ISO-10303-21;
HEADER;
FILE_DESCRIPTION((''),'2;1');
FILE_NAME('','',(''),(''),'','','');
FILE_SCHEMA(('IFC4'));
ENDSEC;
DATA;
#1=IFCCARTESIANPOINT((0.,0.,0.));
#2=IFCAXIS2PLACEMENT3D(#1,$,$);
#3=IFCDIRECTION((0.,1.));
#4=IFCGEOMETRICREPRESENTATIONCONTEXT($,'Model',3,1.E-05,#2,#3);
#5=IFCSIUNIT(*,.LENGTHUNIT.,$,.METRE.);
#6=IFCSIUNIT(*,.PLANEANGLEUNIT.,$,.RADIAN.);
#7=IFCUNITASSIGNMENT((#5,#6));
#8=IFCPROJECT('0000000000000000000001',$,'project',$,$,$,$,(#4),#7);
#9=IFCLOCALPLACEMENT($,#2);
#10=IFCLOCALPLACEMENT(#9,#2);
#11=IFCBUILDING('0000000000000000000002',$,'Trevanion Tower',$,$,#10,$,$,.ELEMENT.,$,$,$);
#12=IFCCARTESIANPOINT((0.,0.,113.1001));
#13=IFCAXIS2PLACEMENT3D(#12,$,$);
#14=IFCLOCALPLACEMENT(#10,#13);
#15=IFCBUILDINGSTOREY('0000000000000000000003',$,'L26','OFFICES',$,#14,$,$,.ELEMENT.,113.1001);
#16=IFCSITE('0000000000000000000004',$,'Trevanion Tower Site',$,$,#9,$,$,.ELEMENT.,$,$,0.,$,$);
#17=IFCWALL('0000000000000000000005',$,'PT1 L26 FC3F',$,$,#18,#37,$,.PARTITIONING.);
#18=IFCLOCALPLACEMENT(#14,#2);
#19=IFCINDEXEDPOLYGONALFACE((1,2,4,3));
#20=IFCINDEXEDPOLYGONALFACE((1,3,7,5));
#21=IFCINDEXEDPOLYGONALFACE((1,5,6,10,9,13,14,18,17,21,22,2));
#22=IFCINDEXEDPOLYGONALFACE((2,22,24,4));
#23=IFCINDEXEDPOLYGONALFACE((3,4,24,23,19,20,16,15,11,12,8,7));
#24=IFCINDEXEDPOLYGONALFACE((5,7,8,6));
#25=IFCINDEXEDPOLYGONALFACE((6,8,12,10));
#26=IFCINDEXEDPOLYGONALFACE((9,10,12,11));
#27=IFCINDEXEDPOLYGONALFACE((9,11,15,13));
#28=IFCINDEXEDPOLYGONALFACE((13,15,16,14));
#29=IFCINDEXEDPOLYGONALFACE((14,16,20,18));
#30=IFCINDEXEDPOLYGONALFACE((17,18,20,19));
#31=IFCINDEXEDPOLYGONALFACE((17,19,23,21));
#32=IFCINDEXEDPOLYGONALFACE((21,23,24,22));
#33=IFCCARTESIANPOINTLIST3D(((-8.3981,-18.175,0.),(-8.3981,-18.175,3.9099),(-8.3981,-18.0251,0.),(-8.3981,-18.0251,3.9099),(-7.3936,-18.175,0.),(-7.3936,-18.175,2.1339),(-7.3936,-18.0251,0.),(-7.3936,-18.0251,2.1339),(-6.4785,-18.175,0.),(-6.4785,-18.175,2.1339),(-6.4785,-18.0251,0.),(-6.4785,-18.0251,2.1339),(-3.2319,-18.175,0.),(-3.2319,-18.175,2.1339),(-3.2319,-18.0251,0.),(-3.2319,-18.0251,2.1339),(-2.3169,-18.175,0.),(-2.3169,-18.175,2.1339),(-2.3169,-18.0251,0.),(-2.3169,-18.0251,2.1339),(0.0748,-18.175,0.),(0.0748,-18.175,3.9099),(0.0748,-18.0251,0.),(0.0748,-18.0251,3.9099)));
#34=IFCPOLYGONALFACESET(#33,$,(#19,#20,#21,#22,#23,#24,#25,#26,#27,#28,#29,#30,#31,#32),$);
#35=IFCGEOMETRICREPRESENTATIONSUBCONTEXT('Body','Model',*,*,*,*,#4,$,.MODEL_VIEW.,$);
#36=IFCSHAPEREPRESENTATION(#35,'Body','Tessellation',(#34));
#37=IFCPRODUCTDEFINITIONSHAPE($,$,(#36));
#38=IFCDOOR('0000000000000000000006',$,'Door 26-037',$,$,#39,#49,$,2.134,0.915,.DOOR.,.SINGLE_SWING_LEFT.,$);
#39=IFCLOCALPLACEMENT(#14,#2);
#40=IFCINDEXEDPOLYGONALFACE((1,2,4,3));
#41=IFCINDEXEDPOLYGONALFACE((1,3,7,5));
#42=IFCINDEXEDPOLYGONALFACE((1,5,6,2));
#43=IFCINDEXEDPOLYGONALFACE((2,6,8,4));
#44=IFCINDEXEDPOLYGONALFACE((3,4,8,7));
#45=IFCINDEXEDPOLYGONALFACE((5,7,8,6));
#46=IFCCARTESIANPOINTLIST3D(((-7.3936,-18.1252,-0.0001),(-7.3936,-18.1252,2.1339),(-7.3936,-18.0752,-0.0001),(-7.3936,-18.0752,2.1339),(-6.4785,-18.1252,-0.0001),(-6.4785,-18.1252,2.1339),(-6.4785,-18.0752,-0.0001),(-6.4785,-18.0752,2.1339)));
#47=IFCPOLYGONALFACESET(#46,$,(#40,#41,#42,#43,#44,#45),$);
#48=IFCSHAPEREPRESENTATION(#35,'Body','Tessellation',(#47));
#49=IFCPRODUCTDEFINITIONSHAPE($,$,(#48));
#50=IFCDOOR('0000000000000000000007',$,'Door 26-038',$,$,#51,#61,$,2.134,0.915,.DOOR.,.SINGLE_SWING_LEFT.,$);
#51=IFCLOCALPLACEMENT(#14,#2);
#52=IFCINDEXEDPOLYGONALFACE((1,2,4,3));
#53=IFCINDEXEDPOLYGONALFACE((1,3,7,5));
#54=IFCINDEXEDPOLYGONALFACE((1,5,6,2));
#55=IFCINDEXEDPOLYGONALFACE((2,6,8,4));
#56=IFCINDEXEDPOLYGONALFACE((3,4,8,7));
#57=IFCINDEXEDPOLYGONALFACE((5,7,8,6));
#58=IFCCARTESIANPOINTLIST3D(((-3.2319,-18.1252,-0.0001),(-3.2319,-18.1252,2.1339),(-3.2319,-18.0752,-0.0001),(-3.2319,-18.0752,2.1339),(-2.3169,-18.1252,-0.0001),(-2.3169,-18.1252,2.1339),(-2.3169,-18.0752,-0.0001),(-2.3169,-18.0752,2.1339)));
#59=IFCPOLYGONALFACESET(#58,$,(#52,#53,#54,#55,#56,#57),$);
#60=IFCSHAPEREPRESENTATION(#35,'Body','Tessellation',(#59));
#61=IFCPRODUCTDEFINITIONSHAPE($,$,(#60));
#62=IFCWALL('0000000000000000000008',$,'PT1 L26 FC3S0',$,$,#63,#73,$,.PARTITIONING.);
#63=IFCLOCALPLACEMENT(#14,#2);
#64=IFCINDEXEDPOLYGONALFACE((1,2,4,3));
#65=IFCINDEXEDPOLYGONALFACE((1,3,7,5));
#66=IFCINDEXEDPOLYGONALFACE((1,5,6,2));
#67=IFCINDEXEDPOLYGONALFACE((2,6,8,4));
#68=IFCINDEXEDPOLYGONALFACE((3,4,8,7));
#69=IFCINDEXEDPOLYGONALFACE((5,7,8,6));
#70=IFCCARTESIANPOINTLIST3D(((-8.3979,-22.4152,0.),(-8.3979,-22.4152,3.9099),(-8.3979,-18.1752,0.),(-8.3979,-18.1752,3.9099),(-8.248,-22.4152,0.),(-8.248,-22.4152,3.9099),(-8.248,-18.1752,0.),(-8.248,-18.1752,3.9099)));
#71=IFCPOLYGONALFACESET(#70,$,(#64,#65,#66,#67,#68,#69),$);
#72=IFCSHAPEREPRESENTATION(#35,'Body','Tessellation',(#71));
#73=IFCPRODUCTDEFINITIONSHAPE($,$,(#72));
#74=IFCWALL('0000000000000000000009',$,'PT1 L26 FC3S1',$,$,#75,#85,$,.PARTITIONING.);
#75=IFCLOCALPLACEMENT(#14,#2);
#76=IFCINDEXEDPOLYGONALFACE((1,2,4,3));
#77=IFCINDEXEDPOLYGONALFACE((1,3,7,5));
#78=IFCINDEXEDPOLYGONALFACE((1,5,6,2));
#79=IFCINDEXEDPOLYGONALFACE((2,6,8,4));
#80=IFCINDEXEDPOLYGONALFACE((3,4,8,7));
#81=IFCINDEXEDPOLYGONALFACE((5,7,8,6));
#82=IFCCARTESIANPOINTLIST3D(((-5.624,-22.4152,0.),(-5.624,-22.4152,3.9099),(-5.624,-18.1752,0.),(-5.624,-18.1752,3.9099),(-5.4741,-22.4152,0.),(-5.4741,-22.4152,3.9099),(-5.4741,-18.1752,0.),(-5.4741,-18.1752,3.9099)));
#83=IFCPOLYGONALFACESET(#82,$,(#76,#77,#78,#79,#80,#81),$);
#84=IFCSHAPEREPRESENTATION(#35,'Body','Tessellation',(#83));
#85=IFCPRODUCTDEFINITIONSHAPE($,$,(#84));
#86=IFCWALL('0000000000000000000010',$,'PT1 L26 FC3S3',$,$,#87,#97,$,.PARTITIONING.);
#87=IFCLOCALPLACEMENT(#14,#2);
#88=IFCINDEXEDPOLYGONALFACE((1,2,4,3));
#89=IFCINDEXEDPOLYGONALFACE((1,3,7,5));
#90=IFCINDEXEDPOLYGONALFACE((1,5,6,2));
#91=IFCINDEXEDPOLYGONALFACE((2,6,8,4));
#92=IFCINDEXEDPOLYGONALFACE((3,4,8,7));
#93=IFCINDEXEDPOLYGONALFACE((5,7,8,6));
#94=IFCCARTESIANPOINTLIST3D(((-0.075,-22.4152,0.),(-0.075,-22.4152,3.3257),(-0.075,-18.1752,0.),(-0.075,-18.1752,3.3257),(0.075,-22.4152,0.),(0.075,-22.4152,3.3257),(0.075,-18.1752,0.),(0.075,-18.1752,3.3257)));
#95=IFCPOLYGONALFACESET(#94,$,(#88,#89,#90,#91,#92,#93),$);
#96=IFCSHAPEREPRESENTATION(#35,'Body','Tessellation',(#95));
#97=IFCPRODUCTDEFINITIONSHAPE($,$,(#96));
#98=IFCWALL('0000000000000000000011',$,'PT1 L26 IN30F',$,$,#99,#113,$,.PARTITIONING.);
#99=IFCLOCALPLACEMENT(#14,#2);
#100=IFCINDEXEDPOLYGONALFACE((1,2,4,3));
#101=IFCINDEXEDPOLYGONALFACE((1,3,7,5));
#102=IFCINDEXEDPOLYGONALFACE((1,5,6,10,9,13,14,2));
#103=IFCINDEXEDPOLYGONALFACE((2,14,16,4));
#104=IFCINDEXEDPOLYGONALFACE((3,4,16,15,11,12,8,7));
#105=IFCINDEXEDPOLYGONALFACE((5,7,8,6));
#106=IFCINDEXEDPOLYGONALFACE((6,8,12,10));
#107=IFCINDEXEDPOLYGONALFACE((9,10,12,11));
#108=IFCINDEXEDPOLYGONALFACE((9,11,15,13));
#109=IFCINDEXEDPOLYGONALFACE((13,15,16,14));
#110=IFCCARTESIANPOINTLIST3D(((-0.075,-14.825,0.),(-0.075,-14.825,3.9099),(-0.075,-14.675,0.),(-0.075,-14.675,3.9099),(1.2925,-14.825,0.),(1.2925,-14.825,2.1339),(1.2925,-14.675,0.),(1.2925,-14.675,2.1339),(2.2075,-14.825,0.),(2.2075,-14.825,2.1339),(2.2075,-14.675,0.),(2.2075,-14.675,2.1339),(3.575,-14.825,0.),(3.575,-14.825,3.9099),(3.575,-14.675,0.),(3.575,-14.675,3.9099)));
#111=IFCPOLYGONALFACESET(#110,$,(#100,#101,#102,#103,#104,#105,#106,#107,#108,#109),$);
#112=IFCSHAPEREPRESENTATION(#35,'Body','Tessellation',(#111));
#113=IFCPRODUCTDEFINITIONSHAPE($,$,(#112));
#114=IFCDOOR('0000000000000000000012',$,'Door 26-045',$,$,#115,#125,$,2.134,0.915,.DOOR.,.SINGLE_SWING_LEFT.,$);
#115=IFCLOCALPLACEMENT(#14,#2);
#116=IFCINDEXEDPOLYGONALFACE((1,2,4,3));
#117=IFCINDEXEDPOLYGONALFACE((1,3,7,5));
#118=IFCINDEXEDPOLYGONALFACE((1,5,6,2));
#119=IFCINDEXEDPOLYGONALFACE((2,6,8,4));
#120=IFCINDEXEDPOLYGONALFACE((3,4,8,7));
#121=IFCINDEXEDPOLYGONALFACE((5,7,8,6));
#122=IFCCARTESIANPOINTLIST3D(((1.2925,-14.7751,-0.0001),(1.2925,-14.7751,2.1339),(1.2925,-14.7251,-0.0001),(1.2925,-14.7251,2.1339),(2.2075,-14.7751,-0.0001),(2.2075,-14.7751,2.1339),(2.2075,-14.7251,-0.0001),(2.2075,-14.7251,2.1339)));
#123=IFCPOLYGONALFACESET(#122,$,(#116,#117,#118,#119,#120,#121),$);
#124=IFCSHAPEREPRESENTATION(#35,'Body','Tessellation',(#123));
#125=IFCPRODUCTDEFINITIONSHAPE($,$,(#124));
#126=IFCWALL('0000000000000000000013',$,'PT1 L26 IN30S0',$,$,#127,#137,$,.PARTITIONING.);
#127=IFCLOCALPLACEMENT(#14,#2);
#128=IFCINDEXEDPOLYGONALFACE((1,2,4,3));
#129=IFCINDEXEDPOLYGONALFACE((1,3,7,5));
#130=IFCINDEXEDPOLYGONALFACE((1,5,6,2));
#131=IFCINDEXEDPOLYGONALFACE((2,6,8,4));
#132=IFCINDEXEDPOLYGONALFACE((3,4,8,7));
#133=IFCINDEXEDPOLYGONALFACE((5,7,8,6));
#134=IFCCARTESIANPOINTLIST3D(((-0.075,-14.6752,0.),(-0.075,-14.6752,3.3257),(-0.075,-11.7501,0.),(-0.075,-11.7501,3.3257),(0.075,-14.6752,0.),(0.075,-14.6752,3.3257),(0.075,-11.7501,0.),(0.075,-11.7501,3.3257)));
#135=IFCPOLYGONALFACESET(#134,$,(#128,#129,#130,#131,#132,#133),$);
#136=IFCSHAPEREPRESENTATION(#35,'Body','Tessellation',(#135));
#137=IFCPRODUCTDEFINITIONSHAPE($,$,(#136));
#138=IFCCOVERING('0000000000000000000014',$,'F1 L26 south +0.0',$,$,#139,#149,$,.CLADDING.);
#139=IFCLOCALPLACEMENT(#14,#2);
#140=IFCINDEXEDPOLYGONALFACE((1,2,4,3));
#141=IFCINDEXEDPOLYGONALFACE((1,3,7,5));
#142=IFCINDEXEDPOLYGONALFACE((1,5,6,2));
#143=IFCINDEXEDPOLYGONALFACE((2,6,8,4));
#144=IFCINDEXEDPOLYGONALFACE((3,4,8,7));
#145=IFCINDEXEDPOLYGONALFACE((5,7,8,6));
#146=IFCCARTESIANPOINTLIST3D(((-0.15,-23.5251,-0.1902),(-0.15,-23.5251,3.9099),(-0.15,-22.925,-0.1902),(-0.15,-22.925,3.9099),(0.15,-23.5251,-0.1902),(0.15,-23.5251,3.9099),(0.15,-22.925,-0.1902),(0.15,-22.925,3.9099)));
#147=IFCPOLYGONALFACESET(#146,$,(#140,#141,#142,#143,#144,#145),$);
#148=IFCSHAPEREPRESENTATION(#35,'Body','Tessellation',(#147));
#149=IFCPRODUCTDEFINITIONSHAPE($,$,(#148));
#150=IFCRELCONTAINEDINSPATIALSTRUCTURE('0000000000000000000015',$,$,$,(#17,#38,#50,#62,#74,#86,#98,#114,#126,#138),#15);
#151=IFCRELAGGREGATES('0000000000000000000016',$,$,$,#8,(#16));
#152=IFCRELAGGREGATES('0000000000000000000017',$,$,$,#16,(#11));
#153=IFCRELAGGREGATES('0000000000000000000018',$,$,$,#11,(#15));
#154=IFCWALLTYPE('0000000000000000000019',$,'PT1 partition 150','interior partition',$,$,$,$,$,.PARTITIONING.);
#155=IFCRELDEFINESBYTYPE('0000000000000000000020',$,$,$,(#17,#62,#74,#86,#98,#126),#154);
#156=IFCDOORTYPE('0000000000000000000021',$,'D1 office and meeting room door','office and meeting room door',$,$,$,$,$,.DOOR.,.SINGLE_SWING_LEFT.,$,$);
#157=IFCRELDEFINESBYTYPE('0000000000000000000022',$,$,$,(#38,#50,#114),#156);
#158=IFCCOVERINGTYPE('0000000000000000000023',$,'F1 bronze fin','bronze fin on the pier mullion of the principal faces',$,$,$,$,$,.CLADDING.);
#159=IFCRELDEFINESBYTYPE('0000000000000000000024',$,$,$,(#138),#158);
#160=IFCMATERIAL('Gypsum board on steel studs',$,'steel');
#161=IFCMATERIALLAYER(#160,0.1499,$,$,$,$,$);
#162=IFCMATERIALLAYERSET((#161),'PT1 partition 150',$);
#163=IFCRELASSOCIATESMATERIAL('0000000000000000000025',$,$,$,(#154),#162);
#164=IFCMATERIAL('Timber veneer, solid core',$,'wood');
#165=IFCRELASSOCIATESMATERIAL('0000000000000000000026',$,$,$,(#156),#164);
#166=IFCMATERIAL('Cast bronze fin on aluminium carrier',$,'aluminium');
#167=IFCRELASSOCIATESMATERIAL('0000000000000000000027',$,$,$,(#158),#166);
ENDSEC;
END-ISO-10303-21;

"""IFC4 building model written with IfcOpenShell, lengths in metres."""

from ifc_helpers import new_model, si_unit, direction, frame, frame_2d, origin, origin_2d, place, context, subcontext, project, spatial, rectangle, extrude, material, layer, layer_set, type_object, element, fill, save


model = new_model("IFC4")

# Units and contexts
model_context = context("Model", 3, precision=1e-05, world=origin(), true_north=direction((0.0, 1.0)))
body_context = subcontext(model_context, "Body", "Model", "MODEL_VIEW")
ifc_project = project(units=[si_unit("LENGTHUNIT", "METRE"), si_unit("PLANEANGLEUNIT", "RADIAN")], contexts=[model_context])

# Site, building, storey
site_placement = place(None, origin())
site = spatial("IfcSite", under=ifc_project, at=site_placement, Name="Trevanion Tower Site", CompositionType="ELEMENT", RefElevation=0.0)
building_placement = place(site_placement, origin())
building = spatial("IfcBuilding", under=site, at=building_placement, Name="Trevanion Tower", CompositionType="ELEMENT")
storey_placement = place(building_placement, frame((0.0, 0.0, 113.1001)))
storey = spatial("IfcBuildingStorey", under=building, at=storey_placement, Name="L26", Description="OFFICES", CompositionType="ELEMENT", Elevation=113.1001)

# Wall, openings, doors
ifc_material_1 = material(Name="Gypsum board on steel studs", Category="steel")
ifc_layer_1 = layer(ifc_material_1, 0.1499)
ifc_layer_set_1 = layer_set([ifc_layer_1], Name="PT1 partition 150")
wall_type = type_object("IfcWallType", Name="PT1 partition 150", Description="interior partition", PredefinedType="PARTITIONING", material=ifc_layer_set_1)
wall_1_placement = place(storey_placement, frame((-8.3979, -18.1001, 0.0), z_axis=(0.0, 0.0, 1.0), x_axis=(1.0, 0.0, 0.0)))
wall_1 = element("IfcWall", 1, at=wall_1_placement, inside=storey, type_object=wall_type, Name="PT1 L26 FC3F", PredefinedType="PARTITIONING", context=body_context, shape_type="SweptSolid", body=[
    extrude(rectangle(XDim=8.4729, YDim=0.1499, at=frame_2d((4.2363, 0.0))), origin(), (0.0, 0.0, 1.0), 3.9099),
])
opening_1_placement = place(wall_1_placement, frame((1.0044, 0.0, 0.0)))
opening_1 = element("IfcOpeningElement", 2, at=opening_1_placement, cuts=wall_1, PredefinedType="OPENING", context=body_context, shape_type="SweptSolid", body=[
    extrude(rectangle(XDim=0.915, YDim=2.134, at=frame_2d((0.4575, 1.0669))), frame((0.0, 0.085, 0.0), z_axis=(0.0, -1.0, 0.0), x_axis=(1.0, 0.0, 0.0)), (0.0, 0.0, 1.0), 0.1699),
])
opening_2_placement = place(wall_1_placement, frame((5.166, 0.0, 0.0)))
opening_2 = element("IfcOpeningElement", 3, at=opening_2_placement, cuts=wall_1, PredefinedType="OPENING", context=body_context, shape_type="SweptSolid", body=[
    extrude(rectangle(XDim=0.915, YDim=2.134, at=frame_2d((0.4575, 1.0669))), frame((0.0, 0.085, 0.0), z_axis=(0.0, -1.0, 0.0), x_axis=(1.0, 0.0, 0.0)), (0.0, 0.0, 1.0), 0.1699),
])
ifc_material_2 = material(Name="Timber veneer, solid core", Category="wood")
door_type = type_object("IfcDoorType", Name="D1 office and meeting room door", Description="office and meeting room door", OperationType="SINGLE_SWING_LEFT", PredefinedType="DOOR", material=ifc_material_2)
door_1_placement = place(opening_1_placement, origin())
door_1 = element("IfcDoor", 4, at=door_1_placement, inside=storey, type_object=door_type, Name="Door 26-037", OperationType="SINGLE_SWING_LEFT", OverallHeight=2.134, OverallWidth=0.915, PredefinedType="DOOR", context=body_context, shape_type="SweptSolid", body=[
    extrude(rectangle(XDim=0.915, YDim=2.134, at=frame_2d((0.4575, 1.0669))), frame((0.0, 0.0249, 0.0), z_axis=(0.0, -1.0, 0.0), x_axis=(1.0, 0.0, 0.0)), (0.0, 0.0, 1.0), 0.05),
])
fill(opening_1, door_1)
door_2_placement = place(opening_2_placement, origin())
door_2 = element("IfcDoor", 5, at=door_2_placement, inside=storey, type_object=door_type, Name="Door 26-038", OperationType="SINGLE_SWING_LEFT", OverallHeight=2.134, OverallWidth=0.915, PredefinedType="DOOR", context=body_context, shape_type="SweptSolid", body=[
    extrude(rectangle(XDim=0.915, YDim=2.134, at=frame_2d((0.4575, 1.0669))), frame((0.0, 0.0249, 0.0), z_axis=(0.0, -1.0, 0.0), x_axis=(1.0, 0.0, 0.0)), (0.0, 0.0, 1.0), 0.05),
])
fill(opening_2, door_2)

# Walls
for number, where, z_axis, x_axis, name in (
    (6, (-8.323, -18.175, 0.0), (0.0, 0.0, 1.0), (0.0, -1.0, 0.0), "PT1 L26 FC3S0"),
    (7, (-5.5491, -18.175, 0.0), (0.0, 0.0, 1.0), (0.0, -1.0, 0.0), "PT1 L26 FC3S1"),
):
    element("IfcWall", number, at=place(storey_placement, frame(where, z_axis=z_axis, x_axis=x_axis)), inside=storey, type_object=wall_type, Name=name, PredefinedType="PARTITIONING", context=body_context, shape_type="SweptSolid", body=[
        extrude(rectangle(XDim=4.24, YDim=0.1499, at=frame_2d((2.1201, 0.0))), origin(), (0.0, 0.0, 1.0), 3.9099),
    ])
wall_2_placement = place(storey_placement, frame((0.0, -18.175, 0.0), z_axis=(0.0, 0.0, 1.0), x_axis=(0.0, -1.0, 0.0)))
element("IfcWall", 8, at=wall_2_placement, inside=storey, type_object=wall_type, Name="PT1 L26 FC3S3", PredefinedType="PARTITIONING", context=body_context, shape_type="SweptSolid", body=[
    extrude(rectangle(XDim=4.24, YDim=0.1499, at=frame_2d((2.1201, 0.0))), origin(), (0.0, 0.0, 1.0), 3.3257),
])

# Wall, opening, door
wall_3_placement = place(storey_placement, frame((-0.075, -14.75, 0.0), z_axis=(0.0, 0.0, 1.0), x_axis=(1.0, 0.0, 0.0)))
wall_3 = element("IfcWall", 9, at=wall_3_placement, inside=storey, type_object=wall_type, Name="PT1 L26 IN30F", PredefinedType="PARTITIONING", context=body_context, shape_type="SweptSolid", body=[
    extrude(rectangle(XDim=3.6499, YDim=0.1499, at=frame_2d((1.825, 0.0))), origin(), (0.0, 0.0, 1.0), 3.9099),
])
opening_3_placement = place(wall_3_placement, frame((1.3674, 0.0, 0.0)))
opening_3 = element("IfcOpeningElement", 10, at=opening_3_placement, cuts=wall_3, PredefinedType="OPENING", context=body_context, shape_type="SweptSolid", body=[
    extrude(rectangle(XDim=0.915, YDim=2.134, at=frame_2d((0.4575, 1.0669))), frame((0.0, 0.085, 0.0), z_axis=(0.0, -1.0, 0.0), x_axis=(1.0, 0.0, 0.0)), (0.0, 0.0, 1.0), 0.1699),
])
door_3_placement = place(opening_3_placement, origin())
door_3 = element("IfcDoor", 11, at=door_3_placement, inside=storey, type_object=door_type, Name="Door 26-045", OperationType="SINGLE_SWING_LEFT", OverallHeight=2.134, OverallWidth=0.915, PredefinedType="DOOR", context=body_context, shape_type="SweptSolid", body=[
    extrude(rectangle(XDim=0.915, YDim=2.134, at=frame_2d((0.4575, 1.0669))), frame((0.0, 0.0249, 0.0), z_axis=(0.0, -1.0, 0.0), x_axis=(1.0, 0.0, 0.0)), (0.0, 0.0, 1.0), 0.05),
])
fill(opening_3, door_3)

# Wall
wall_4_placement = place(storey_placement, frame((0.0, -14.675, 0.0), z_axis=(0.0, 0.0, 1.0), x_axis=(0.0, 1.0, 0.0)))
element("IfcWall", 12, at=wall_4_placement, inside=storey, type_object=wall_type, Name="PT1 L26 IN30S0", PredefinedType="PARTITIONING", context=body_context, shape_type="SweptSolid", body=[
    extrude(rectangle(XDim=2.925, YDim=0.1499, at=frame_2d((1.4624, 0.0))), origin(), (0.0, 0.0, 1.0), 3.3257),
])

# Covering
ifc_material_3 = material(Name="Cast bronze fin on aluminium carrier", Category="aluminium")
covering_type = type_object("IfcCoveringType", Name="F1 bronze fin", Description="bronze fin on the pier mullion of the principal faces", PredefinedType="CLADDING", material=ifc_material_3)
covering_placement = place(storey_placement, frame((0.0, -23.2251, -0.1902), z_axis=(0.0, 0.0, 1.0), x_axis=(1.0, 0.0, 0.0)))
element("IfcCovering", 13, at=covering_placement, inside=storey, type_object=covering_type, Name="F1 L26 south +0.0", PredefinedType="CLADDING", context=body_context, shape_type="SweptSolid", body=[
    extrude(rectangle(XDim=0.3, YDim=0.6001, at=origin_2d()), origin(), (0.0, 0.0, 1.0), 4.1001),
])

save(model, "model.ifc")
